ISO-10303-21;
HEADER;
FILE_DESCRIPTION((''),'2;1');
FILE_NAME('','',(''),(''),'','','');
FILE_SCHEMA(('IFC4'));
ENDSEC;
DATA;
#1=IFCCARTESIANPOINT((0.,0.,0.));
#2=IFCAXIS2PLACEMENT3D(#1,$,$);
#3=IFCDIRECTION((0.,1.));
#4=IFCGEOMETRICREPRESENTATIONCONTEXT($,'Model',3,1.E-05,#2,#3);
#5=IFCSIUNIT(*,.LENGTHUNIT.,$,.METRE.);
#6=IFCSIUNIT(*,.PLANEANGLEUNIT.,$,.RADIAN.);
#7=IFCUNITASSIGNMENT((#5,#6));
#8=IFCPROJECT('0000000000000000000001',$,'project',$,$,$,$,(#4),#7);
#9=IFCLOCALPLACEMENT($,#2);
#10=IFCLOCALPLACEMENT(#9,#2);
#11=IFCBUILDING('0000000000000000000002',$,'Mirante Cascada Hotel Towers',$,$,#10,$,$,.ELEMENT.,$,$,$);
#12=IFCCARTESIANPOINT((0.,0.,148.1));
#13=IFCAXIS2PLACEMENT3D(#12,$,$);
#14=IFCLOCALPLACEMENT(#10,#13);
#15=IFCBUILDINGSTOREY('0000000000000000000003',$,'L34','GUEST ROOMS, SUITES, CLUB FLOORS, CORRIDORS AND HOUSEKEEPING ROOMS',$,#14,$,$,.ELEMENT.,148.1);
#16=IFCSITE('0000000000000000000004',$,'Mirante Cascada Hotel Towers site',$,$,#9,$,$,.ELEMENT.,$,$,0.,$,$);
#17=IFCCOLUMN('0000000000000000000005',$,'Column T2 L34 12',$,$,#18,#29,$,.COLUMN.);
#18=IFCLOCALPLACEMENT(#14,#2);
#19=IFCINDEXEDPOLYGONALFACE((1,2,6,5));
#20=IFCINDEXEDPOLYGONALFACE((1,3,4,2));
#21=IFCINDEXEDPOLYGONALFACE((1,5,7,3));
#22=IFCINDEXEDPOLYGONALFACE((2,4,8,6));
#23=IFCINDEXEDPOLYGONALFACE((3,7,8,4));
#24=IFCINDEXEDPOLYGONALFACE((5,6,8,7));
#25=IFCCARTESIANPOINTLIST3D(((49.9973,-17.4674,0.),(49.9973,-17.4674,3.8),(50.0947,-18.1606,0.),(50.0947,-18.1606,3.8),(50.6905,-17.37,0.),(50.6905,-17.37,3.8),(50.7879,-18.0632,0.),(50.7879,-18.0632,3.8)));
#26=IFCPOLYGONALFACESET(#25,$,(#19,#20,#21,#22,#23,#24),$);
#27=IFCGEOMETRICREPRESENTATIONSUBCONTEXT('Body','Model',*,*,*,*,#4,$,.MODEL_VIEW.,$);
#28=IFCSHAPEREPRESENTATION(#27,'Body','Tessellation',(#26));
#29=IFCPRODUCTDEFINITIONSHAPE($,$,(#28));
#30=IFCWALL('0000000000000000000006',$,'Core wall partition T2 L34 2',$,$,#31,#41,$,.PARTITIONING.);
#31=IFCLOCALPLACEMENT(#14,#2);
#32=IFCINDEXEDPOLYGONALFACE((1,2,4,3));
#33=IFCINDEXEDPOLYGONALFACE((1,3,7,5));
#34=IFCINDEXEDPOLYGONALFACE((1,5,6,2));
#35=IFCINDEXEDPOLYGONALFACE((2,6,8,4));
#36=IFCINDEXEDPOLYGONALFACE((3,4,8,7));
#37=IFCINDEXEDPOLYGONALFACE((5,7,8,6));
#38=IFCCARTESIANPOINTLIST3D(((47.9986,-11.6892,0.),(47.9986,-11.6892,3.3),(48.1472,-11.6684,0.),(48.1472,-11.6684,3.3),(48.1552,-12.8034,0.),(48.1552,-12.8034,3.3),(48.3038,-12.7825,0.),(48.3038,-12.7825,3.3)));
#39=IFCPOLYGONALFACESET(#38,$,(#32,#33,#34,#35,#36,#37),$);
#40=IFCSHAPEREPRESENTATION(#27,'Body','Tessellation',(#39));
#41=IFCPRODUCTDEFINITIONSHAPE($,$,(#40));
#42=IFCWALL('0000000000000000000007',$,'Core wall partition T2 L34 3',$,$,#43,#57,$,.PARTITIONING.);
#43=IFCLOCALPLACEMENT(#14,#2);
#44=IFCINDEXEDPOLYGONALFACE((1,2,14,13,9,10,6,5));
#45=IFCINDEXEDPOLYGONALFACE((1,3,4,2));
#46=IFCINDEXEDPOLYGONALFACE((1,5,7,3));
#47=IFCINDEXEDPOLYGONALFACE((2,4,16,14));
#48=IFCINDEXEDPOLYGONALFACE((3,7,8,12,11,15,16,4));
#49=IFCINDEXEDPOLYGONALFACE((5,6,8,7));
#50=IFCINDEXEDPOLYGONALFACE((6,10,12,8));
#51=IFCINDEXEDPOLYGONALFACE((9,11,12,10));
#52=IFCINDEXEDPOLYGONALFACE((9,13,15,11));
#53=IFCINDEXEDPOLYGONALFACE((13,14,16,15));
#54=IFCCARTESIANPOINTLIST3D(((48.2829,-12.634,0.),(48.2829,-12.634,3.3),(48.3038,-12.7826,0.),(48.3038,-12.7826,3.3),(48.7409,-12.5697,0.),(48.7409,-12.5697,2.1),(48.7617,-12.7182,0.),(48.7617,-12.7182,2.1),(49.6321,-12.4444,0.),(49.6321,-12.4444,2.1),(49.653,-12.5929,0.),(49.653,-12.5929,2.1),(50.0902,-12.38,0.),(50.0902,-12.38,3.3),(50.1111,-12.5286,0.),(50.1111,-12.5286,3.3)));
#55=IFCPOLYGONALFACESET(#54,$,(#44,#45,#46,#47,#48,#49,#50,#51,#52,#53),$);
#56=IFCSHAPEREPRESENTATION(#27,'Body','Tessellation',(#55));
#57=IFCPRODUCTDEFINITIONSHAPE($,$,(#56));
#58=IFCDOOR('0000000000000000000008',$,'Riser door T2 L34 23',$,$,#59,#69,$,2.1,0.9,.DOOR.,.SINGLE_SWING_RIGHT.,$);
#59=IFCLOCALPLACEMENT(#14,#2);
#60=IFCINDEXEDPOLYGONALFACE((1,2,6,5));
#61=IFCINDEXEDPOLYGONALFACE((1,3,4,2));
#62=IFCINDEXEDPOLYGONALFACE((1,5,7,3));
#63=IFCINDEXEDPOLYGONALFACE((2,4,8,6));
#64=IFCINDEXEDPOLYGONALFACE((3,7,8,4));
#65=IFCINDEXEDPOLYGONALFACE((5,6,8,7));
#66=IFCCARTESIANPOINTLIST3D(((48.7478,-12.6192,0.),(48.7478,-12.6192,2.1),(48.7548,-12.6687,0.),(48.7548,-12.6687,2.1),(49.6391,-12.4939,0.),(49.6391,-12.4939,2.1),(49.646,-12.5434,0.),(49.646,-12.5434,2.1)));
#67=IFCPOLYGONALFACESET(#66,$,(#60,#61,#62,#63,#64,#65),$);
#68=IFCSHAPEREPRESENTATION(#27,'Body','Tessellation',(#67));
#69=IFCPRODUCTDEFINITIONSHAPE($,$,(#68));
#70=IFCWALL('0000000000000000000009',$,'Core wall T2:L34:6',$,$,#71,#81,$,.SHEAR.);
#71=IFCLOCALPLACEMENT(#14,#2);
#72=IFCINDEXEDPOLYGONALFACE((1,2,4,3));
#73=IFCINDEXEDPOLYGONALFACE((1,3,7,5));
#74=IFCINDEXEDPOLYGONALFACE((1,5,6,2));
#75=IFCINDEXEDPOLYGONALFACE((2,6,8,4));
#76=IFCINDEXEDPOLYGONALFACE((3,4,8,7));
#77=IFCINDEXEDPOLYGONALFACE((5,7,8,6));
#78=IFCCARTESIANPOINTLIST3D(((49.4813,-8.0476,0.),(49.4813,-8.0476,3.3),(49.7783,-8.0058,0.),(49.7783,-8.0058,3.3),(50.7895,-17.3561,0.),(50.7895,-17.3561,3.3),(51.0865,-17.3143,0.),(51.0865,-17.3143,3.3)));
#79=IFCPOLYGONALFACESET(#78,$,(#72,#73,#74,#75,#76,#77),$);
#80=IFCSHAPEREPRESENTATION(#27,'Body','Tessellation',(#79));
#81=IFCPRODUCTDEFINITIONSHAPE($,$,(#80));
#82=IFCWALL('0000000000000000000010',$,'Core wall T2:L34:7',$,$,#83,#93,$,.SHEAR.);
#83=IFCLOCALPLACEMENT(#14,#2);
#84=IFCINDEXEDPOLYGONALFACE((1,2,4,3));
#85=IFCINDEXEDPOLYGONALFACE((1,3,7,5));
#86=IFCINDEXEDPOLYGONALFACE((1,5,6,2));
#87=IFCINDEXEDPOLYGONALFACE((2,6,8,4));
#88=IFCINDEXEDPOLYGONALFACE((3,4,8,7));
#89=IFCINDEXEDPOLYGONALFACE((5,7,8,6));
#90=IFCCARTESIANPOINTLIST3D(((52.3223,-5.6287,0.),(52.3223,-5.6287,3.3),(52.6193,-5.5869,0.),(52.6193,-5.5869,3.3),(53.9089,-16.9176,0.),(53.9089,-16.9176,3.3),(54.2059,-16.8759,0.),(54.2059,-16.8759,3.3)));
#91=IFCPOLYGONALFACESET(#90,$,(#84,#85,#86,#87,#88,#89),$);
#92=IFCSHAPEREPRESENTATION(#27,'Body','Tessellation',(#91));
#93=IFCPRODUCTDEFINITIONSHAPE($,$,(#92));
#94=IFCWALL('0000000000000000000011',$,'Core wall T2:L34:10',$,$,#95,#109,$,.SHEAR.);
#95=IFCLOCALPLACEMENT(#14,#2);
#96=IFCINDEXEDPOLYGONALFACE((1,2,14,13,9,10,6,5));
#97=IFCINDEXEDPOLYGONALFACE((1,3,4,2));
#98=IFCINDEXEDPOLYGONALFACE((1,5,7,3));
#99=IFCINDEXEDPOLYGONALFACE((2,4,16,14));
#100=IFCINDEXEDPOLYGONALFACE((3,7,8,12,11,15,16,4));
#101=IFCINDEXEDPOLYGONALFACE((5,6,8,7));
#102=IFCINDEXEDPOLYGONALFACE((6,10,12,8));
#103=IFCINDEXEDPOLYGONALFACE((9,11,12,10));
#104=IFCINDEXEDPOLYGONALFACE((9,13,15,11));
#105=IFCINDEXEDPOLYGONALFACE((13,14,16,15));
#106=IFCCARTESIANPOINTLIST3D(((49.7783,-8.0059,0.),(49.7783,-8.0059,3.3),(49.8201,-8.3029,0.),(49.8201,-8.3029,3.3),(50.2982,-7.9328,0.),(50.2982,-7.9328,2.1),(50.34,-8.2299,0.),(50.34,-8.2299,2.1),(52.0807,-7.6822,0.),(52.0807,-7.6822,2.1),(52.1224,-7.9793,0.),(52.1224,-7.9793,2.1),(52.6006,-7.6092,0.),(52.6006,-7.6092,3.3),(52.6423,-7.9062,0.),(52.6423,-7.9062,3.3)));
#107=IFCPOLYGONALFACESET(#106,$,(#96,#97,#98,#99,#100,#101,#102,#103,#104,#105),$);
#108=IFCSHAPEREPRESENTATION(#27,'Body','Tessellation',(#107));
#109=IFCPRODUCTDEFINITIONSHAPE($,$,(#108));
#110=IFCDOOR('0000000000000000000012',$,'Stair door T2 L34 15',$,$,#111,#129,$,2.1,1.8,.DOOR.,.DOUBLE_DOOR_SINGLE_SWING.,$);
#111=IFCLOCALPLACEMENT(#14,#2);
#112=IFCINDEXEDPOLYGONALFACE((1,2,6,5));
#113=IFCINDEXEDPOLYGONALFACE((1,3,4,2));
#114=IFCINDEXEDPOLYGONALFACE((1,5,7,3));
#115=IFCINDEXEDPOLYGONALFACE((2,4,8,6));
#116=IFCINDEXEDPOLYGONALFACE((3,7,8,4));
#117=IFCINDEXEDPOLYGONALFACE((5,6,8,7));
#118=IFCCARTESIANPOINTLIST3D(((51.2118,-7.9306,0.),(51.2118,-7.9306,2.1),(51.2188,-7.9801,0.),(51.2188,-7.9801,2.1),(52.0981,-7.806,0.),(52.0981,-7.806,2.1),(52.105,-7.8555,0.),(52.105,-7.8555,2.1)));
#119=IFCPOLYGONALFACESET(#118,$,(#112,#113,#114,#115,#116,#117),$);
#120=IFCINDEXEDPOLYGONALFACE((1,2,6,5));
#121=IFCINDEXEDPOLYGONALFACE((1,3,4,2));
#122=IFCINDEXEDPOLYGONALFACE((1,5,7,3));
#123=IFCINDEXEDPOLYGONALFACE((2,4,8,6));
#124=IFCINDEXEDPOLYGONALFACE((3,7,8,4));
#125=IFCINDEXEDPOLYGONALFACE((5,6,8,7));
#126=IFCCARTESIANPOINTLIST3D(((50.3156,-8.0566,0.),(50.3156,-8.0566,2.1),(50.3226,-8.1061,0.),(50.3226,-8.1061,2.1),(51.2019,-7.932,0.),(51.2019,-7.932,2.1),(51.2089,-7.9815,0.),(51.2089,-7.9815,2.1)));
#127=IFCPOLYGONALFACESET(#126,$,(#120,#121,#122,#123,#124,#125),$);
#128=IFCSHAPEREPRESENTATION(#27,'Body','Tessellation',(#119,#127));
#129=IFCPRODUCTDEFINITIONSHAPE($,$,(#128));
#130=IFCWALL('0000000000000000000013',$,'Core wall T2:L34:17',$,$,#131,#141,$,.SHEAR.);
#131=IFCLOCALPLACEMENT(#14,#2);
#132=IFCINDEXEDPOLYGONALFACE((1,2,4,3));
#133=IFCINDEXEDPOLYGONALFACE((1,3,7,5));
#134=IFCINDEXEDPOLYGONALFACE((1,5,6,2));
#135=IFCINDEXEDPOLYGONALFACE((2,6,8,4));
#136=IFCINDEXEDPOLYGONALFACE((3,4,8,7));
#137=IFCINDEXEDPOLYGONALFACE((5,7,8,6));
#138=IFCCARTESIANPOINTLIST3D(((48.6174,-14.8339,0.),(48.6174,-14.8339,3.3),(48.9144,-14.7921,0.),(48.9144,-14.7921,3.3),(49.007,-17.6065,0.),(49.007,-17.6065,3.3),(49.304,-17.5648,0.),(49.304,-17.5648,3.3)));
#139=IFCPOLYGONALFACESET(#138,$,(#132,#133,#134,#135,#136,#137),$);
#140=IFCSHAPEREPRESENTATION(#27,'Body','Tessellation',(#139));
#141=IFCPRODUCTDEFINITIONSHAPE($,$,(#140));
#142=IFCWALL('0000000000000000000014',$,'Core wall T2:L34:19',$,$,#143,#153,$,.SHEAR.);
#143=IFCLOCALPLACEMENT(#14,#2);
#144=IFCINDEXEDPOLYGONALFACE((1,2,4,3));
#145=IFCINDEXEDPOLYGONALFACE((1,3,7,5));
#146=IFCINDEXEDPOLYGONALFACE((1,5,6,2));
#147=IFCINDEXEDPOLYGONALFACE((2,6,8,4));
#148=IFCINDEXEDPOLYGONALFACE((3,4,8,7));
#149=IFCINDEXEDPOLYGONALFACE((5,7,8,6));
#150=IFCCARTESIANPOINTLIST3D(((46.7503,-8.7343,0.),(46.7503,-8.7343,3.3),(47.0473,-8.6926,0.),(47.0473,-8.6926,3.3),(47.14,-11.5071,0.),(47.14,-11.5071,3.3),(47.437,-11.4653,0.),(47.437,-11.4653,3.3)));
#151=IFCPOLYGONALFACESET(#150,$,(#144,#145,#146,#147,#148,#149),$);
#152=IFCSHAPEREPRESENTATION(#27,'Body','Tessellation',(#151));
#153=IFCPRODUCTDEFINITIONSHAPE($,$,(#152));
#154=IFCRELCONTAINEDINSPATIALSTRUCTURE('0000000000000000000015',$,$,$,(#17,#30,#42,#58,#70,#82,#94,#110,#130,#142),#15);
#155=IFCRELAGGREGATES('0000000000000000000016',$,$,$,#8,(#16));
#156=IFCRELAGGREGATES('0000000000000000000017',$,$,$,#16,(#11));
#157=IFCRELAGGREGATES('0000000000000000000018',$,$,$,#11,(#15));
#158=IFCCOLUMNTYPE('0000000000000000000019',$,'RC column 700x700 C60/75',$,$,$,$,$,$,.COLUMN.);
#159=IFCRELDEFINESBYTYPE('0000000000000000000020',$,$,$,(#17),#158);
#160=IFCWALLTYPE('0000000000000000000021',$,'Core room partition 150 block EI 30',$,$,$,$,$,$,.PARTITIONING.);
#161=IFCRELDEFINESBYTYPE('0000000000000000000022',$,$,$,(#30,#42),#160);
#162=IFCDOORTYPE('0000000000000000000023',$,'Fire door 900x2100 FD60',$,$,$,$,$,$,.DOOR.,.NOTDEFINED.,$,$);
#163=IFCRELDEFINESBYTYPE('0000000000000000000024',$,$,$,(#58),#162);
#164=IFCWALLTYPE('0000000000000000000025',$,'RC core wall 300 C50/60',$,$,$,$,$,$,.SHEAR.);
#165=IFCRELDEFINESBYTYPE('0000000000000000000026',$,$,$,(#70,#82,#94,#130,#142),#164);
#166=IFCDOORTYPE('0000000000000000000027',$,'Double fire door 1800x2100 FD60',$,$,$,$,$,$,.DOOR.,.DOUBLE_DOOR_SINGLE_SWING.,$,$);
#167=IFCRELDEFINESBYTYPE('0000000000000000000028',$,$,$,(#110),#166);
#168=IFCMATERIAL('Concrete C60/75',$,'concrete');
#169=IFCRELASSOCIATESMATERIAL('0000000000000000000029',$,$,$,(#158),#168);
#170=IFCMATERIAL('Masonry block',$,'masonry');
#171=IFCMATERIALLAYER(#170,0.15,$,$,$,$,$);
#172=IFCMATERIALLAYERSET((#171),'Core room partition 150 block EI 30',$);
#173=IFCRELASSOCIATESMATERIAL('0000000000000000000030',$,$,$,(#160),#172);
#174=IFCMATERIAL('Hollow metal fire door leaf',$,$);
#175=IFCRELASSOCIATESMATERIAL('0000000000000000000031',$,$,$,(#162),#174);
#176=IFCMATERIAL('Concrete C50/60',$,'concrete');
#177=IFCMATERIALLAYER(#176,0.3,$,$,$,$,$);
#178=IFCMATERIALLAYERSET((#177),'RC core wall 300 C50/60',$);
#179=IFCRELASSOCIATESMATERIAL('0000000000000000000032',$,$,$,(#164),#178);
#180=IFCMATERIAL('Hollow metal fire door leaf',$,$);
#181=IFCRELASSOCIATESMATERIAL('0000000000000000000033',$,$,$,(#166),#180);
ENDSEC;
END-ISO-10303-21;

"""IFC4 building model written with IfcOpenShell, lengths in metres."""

from ifc_helpers import new_model, si_unit, direction, frame, frame_2d, origin, origin_2d, place, context, subcontext, project, spatial, rectangle, extrude, material, layer, layer_set, material_profile, profile_set, type_object, element, fill, save


model = new_model("IFC4")

# Units and contexts
model_context = context("Model", 3, precision=1e-05, world=origin(), true_north=direction((0.0, 1.0)))
body_context = subcontext(model_context, "Body", "Model", "MODEL_VIEW")
ifc_project = project(units=[si_unit("LENGTHUNIT", "METRE"), si_unit("PLANEANGLEUNIT", "RADIAN")], contexts=[model_context])

# Site, building, storey
site_placement = place(None, origin())
site = spatial("IfcSite", under=ifc_project, at=site_placement, Name="Mirante Cascada Hotel Towers site", CompositionType="ELEMENT", RefElevation=0.0)
building_placement = place(site_placement, origin())
building = spatial("IfcBuilding", under=site, at=building_placement, Name="Mirante Cascada Hotel Towers", CompositionType="ELEMENT")
storey_placement = place(building_placement, frame((0.0, 0.0, 148.1)))
storey = spatial("IfcBuildingStorey", under=building, at=storey_placement, Name="L34", Description="GUEST ROOMS, SUITES, CLUB FLOORS, CORRIDORS AND HOUSEKEEPING ROOMS", CompositionType="ELEMENT", Elevation=148.1)

# Column
ifc_material_1 = material(Name="Concrete C60/75", Category="concrete")
ifc_material_profile = material_profile(ifc_material_1, rectangle(XDim=0.7, YDim=0.7, at=origin_2d()), Name="RC column 700x700 C60/75")
ifc_profile_set = profile_set([ifc_material_profile], Name="Concrete C60/75")
column_type = type_object("IfcColumnType", Name="RC column 700x700 C60/75", PredefinedType="COLUMN", material=ifc_profile_set)
column_placement = place(storey_placement, frame((50.3926, -17.7653, 0.0), z_axis=(0.0, 0.0, 1.0), x_axis=(0.990268, 0.139173, 0.0)))
element("IfcColumn", 1, at=column_placement, inside=storey, type_object=column_type, Name="Column T2 L34 12", PredefinedType="COLUMN", context=body_context, shape_type="SweptSolid", body=[
    extrude(rectangle(XDim=0.7, YDim=0.7, at=origin_2d()), origin(), (0.0, 0.0, 1.0), 3.8),
])

# Wall
ifc_material_2 = material(Name="Masonry block", Category="masonry")
ifc_layer_1 = layer(ifc_material_2, 0.15)
ifc_layer_set_1 = layer_set([ifc_layer_1], Name="Core room partition 150 block EI 30")
wall_type_1 = type_object("IfcWallType", Name="Core room partition 150 block EI 30", PredefinedType="PARTITIONING", material=ifc_layer_set_1)
wall_1_placement = place(storey_placement, frame((48.2295, -12.793, 0.0), z_axis=(0.0, 0.0, 1.0), x_axis=(-0.139193, 0.990265, 0.0)))
element("IfcWall", 2, at=wall_1_placement, inside=storey, type_object=wall_type_1, Name="Core wall partition T2 L34 2", PredefinedType="PARTITIONING", context=body_context, shape_type="SweptSolid", body=[
    extrude(rectangle(XDim=1.1251, YDim=0.15, at=frame_2d((0.5626, 0.0))), origin(), (0.0, 0.0, 1.0), 3.3),
])

# Wall, opening, door
wall_2_placement = place(storey_placement, frame((48.2933, -12.7083, 0.0), z_axis=(0.0, 0.0, 1.0), x_axis=(0.990268, 0.139173, 0.0)))
wall_2 = element("IfcWall", 3, at=wall_2_placement, inside=storey, type_object=wall_type_1, Name="Core wall partition T2 L34 3", PredefinedType="PARTITIONING", context=body_context, shape_type="SweptSolid", body=[
    extrude(rectangle(XDim=1.8251, YDim=0.15, at=frame_2d((0.9126, 0.0))), origin(), (0.0, 0.0, 1.0), 3.3),
])
opening_1_placement = place(wall_2_placement, frame((0.4625, 0.0, 0.0)))
opening_1 = element("IfcOpeningElement", 4, at=opening_1_placement, cuts=wall_2, PredefinedType="OPENING", context=body_context, shape_type="SweptSolid", body=[
    extrude(rectangle(XDim=0.9, YDim=2.1, at=frame_2d((0.45, 1.05))), frame((0.0, 0.075, 0.0), z_axis=(0.0, -1.0, 0.0), x_axis=(1.0, 0.0, 0.0)), (0.0, 0.0, 1.0), 0.15),
])
ifc_material_3 = material(Name="Hollow metal fire door leaf")
door_type_1 = type_object("IfcDoorType", Name="Fire door 900x2100 FD60", OperationType="NOTDEFINED", PredefinedType="DOOR", material=ifc_material_3)
door_1_placement = place(opening_1_placement, frame((0.9, 0.0, 0.0), z_axis=(0.0, 0.0, 1.0), x_axis=(-1.0, 0.0, 0.0)))
door_1 = element("IfcDoor", 5, at=door_1_placement, inside=storey, type_object=door_type_1, Name="Riser door T2 L34 23", OperationType="SINGLE_SWING_RIGHT", OverallHeight=2.1, OverallWidth=0.9, PredefinedType="DOOR", context=body_context, shape_type="SweptSolid", body=[
    extrude(rectangle(XDim=0.9, YDim=2.1, at=frame_2d((0.45, 1.05))), frame((0.0, 0.025, 0.0), z_axis=(0.0, -1.0, 0.0), x_axis=(1.0, 0.0, 0.0)), (0.0, 0.0, 1.0), 0.05),
])
fill(opening_1, door_1)

# Walls
ifc_material_4 = material(Name="Concrete C50/60", Category="concrete")
ifc_layer_2 = layer(ifc_material_4, 0.3)
ifc_layer_set_2 = layer_set([ifc_layer_2], Name="RC core wall 300 C50/60")
wall_type_2 = type_object("IfcWallType", Name="RC core wall 300 C50/60", PredefinedType="SHEAR", material=ifc_layer_set_2)
wall_3_placement = place(storey_placement, frame((50.938, -17.3352, 0.0), z_axis=(0.0, 0.0, 1.0), x_axis=(-0.139171, 0.990268, 0.0)))
element("IfcWall", 6, at=wall_3_placement, inside=storey, type_object=wall_type_2, Name="Core wall T2:L34:6", PredefinedType="SHEAR", context=body_context, shape_type="SweptSolid", body=[
    extrude(rectangle(XDim=9.4, YDim=0.3, at=frame_2d((4.7, 0.0))), origin(), (0.0, 0.0, 1.0), 3.3),
])
wall_4_placement = place(storey_placement, frame((54.0574, -16.8968, 0.0), z_axis=(0.0, 0.0, 1.0), x_axis=(-0.139176, 0.990268, 0.0)))
element("IfcWall", 7, at=wall_4_placement, inside=storey, type_object=wall_type_2, Name="Core wall T2:L34:7", PredefinedType="SHEAR", context=body_context, shape_type="SweptSolid", body=[
    extrude(rectangle(XDim=11.3999, YDim=0.3, at=frame_2d((5.7, 0.0))), origin(), (0.0, 0.0, 1.0), 3.3),
])

# Wall, opening, door
wall_5_placement = place(storey_placement, frame((49.7992, -8.1544, 0.0), z_axis=(0.0, 0.0, 1.0), x_axis=(0.990266, 0.139191, 0.0)))
wall_5 = element("IfcWall", 8, at=wall_5_placement, inside=storey, type_object=wall_type_2, Name="Core wall T2:L34:10", PredefinedType="SHEAR", context=body_context, shape_type="SweptSolid", body=[
    extrude(rectangle(XDim=2.85, YDim=0.3, at=frame_2d((1.425, 0.0))), origin(), (0.0, 0.0, 1.0), 3.3),
])
opening_2_placement = place(wall_5_placement, frame((0.525, 0.0, 0.0)))
opening_2 = element("IfcOpeningElement", 9, at=opening_2_placement, cuts=wall_5, PredefinedType="OPENING", context=body_context, shape_type="SweptSolid", body=[
    extrude(rectangle(XDim=1.8, YDim=2.1, at=frame_2d((0.9, 1.05))), frame((0.0, 0.15, 0.0), z_axis=(0.0, -1.0, 0.0), x_axis=(1.0, 0.0, 0.0)), (0.0, 0.0, 1.0), 0.3),
])
ifc_material_5 = material(Name="Hollow metal fire door leaf")
door_type_2 = type_object("IfcDoorType", Name="Double fire door 1800x2100 FD60", OperationType="DOUBLE_DOOR_SINGLE_SWING", PredefinedType="DOOR", material=ifc_material_5)
door_2_placement = place(opening_2_placement, frame((1.8, 0.0, 0.0), z_axis=(0.0, 0.0, 1.0), x_axis=(-1.0, 0.0, 0.0)))
door_2 = element("IfcDoor", 10, at=door_2_placement, inside=storey, type_object=door_type_2, Name="Stair door T2 L34 15", OperationType="DOUBLE_DOOR_SINGLE_SWING", OverallHeight=2.1, OverallWidth=1.8, PredefinedType="DOOR", context=body_context, shape_type="SweptSolid", body=[
    extrude(rectangle(XDim=0.895, YDim=2.1, at=frame_2d((0.4475, 1.05))), frame((0.0, 0.025, 0.0), z_axis=(0.0, -1.0, 0.0), x_axis=(1.0, 0.0, 0.0)), (0.0, 0.0, 1.0), 0.05),
    extrude(rectangle(XDim=0.895, YDim=2.1, at=frame_2d((1.3525, 1.05))), frame((0.0, 0.025, 0.0), z_axis=(0.0, -1.0, 0.0), x_axis=(1.0, 0.0, 0.0)), (0.0, 0.0, 1.0), 0.05),
])
fill(opening_2, door_2)

# Walls
wall_6_placement = place(storey_placement, frame((49.1555, -17.5857, 0.0), z_axis=(0.0, 0.0, 1.0), x_axis=(-0.139146, 0.990272, 0.0)))
element("IfcWall", 11, at=wall_6_placement, inside=storey, type_object=wall_type_2, Name="Core wall T2:L34:17", PredefinedType="SHEAR", context=body_context, shape_type="SweptSolid", body=[
    extrude(rectangle(XDim=2.7999, YDim=0.3, at=frame_2d((1.4, 0.0))), origin(), (0.0, 0.0, 1.0), 3.3),
])
wall_7_placement = place(storey_placement, frame((47.2885, -11.4862, 0.0), z_axis=(0.0, 0.0, 1.0), x_axis=(-0.139181, 0.990267, 0.0)))
element("IfcWall", 12, at=wall_7_placement, inside=storey, type_object=wall_type_2, Name="Core wall T2:L34:19", PredefinedType="SHEAR", context=body_context, shape_type="SweptSolid", body=[
    extrude(rectangle(XDim=2.8, YDim=0.3, at=frame_2d((1.4, 0.0))), origin(), (0.0, 0.0, 1.0), 3.3),
])

save(model, "model.ifc")
